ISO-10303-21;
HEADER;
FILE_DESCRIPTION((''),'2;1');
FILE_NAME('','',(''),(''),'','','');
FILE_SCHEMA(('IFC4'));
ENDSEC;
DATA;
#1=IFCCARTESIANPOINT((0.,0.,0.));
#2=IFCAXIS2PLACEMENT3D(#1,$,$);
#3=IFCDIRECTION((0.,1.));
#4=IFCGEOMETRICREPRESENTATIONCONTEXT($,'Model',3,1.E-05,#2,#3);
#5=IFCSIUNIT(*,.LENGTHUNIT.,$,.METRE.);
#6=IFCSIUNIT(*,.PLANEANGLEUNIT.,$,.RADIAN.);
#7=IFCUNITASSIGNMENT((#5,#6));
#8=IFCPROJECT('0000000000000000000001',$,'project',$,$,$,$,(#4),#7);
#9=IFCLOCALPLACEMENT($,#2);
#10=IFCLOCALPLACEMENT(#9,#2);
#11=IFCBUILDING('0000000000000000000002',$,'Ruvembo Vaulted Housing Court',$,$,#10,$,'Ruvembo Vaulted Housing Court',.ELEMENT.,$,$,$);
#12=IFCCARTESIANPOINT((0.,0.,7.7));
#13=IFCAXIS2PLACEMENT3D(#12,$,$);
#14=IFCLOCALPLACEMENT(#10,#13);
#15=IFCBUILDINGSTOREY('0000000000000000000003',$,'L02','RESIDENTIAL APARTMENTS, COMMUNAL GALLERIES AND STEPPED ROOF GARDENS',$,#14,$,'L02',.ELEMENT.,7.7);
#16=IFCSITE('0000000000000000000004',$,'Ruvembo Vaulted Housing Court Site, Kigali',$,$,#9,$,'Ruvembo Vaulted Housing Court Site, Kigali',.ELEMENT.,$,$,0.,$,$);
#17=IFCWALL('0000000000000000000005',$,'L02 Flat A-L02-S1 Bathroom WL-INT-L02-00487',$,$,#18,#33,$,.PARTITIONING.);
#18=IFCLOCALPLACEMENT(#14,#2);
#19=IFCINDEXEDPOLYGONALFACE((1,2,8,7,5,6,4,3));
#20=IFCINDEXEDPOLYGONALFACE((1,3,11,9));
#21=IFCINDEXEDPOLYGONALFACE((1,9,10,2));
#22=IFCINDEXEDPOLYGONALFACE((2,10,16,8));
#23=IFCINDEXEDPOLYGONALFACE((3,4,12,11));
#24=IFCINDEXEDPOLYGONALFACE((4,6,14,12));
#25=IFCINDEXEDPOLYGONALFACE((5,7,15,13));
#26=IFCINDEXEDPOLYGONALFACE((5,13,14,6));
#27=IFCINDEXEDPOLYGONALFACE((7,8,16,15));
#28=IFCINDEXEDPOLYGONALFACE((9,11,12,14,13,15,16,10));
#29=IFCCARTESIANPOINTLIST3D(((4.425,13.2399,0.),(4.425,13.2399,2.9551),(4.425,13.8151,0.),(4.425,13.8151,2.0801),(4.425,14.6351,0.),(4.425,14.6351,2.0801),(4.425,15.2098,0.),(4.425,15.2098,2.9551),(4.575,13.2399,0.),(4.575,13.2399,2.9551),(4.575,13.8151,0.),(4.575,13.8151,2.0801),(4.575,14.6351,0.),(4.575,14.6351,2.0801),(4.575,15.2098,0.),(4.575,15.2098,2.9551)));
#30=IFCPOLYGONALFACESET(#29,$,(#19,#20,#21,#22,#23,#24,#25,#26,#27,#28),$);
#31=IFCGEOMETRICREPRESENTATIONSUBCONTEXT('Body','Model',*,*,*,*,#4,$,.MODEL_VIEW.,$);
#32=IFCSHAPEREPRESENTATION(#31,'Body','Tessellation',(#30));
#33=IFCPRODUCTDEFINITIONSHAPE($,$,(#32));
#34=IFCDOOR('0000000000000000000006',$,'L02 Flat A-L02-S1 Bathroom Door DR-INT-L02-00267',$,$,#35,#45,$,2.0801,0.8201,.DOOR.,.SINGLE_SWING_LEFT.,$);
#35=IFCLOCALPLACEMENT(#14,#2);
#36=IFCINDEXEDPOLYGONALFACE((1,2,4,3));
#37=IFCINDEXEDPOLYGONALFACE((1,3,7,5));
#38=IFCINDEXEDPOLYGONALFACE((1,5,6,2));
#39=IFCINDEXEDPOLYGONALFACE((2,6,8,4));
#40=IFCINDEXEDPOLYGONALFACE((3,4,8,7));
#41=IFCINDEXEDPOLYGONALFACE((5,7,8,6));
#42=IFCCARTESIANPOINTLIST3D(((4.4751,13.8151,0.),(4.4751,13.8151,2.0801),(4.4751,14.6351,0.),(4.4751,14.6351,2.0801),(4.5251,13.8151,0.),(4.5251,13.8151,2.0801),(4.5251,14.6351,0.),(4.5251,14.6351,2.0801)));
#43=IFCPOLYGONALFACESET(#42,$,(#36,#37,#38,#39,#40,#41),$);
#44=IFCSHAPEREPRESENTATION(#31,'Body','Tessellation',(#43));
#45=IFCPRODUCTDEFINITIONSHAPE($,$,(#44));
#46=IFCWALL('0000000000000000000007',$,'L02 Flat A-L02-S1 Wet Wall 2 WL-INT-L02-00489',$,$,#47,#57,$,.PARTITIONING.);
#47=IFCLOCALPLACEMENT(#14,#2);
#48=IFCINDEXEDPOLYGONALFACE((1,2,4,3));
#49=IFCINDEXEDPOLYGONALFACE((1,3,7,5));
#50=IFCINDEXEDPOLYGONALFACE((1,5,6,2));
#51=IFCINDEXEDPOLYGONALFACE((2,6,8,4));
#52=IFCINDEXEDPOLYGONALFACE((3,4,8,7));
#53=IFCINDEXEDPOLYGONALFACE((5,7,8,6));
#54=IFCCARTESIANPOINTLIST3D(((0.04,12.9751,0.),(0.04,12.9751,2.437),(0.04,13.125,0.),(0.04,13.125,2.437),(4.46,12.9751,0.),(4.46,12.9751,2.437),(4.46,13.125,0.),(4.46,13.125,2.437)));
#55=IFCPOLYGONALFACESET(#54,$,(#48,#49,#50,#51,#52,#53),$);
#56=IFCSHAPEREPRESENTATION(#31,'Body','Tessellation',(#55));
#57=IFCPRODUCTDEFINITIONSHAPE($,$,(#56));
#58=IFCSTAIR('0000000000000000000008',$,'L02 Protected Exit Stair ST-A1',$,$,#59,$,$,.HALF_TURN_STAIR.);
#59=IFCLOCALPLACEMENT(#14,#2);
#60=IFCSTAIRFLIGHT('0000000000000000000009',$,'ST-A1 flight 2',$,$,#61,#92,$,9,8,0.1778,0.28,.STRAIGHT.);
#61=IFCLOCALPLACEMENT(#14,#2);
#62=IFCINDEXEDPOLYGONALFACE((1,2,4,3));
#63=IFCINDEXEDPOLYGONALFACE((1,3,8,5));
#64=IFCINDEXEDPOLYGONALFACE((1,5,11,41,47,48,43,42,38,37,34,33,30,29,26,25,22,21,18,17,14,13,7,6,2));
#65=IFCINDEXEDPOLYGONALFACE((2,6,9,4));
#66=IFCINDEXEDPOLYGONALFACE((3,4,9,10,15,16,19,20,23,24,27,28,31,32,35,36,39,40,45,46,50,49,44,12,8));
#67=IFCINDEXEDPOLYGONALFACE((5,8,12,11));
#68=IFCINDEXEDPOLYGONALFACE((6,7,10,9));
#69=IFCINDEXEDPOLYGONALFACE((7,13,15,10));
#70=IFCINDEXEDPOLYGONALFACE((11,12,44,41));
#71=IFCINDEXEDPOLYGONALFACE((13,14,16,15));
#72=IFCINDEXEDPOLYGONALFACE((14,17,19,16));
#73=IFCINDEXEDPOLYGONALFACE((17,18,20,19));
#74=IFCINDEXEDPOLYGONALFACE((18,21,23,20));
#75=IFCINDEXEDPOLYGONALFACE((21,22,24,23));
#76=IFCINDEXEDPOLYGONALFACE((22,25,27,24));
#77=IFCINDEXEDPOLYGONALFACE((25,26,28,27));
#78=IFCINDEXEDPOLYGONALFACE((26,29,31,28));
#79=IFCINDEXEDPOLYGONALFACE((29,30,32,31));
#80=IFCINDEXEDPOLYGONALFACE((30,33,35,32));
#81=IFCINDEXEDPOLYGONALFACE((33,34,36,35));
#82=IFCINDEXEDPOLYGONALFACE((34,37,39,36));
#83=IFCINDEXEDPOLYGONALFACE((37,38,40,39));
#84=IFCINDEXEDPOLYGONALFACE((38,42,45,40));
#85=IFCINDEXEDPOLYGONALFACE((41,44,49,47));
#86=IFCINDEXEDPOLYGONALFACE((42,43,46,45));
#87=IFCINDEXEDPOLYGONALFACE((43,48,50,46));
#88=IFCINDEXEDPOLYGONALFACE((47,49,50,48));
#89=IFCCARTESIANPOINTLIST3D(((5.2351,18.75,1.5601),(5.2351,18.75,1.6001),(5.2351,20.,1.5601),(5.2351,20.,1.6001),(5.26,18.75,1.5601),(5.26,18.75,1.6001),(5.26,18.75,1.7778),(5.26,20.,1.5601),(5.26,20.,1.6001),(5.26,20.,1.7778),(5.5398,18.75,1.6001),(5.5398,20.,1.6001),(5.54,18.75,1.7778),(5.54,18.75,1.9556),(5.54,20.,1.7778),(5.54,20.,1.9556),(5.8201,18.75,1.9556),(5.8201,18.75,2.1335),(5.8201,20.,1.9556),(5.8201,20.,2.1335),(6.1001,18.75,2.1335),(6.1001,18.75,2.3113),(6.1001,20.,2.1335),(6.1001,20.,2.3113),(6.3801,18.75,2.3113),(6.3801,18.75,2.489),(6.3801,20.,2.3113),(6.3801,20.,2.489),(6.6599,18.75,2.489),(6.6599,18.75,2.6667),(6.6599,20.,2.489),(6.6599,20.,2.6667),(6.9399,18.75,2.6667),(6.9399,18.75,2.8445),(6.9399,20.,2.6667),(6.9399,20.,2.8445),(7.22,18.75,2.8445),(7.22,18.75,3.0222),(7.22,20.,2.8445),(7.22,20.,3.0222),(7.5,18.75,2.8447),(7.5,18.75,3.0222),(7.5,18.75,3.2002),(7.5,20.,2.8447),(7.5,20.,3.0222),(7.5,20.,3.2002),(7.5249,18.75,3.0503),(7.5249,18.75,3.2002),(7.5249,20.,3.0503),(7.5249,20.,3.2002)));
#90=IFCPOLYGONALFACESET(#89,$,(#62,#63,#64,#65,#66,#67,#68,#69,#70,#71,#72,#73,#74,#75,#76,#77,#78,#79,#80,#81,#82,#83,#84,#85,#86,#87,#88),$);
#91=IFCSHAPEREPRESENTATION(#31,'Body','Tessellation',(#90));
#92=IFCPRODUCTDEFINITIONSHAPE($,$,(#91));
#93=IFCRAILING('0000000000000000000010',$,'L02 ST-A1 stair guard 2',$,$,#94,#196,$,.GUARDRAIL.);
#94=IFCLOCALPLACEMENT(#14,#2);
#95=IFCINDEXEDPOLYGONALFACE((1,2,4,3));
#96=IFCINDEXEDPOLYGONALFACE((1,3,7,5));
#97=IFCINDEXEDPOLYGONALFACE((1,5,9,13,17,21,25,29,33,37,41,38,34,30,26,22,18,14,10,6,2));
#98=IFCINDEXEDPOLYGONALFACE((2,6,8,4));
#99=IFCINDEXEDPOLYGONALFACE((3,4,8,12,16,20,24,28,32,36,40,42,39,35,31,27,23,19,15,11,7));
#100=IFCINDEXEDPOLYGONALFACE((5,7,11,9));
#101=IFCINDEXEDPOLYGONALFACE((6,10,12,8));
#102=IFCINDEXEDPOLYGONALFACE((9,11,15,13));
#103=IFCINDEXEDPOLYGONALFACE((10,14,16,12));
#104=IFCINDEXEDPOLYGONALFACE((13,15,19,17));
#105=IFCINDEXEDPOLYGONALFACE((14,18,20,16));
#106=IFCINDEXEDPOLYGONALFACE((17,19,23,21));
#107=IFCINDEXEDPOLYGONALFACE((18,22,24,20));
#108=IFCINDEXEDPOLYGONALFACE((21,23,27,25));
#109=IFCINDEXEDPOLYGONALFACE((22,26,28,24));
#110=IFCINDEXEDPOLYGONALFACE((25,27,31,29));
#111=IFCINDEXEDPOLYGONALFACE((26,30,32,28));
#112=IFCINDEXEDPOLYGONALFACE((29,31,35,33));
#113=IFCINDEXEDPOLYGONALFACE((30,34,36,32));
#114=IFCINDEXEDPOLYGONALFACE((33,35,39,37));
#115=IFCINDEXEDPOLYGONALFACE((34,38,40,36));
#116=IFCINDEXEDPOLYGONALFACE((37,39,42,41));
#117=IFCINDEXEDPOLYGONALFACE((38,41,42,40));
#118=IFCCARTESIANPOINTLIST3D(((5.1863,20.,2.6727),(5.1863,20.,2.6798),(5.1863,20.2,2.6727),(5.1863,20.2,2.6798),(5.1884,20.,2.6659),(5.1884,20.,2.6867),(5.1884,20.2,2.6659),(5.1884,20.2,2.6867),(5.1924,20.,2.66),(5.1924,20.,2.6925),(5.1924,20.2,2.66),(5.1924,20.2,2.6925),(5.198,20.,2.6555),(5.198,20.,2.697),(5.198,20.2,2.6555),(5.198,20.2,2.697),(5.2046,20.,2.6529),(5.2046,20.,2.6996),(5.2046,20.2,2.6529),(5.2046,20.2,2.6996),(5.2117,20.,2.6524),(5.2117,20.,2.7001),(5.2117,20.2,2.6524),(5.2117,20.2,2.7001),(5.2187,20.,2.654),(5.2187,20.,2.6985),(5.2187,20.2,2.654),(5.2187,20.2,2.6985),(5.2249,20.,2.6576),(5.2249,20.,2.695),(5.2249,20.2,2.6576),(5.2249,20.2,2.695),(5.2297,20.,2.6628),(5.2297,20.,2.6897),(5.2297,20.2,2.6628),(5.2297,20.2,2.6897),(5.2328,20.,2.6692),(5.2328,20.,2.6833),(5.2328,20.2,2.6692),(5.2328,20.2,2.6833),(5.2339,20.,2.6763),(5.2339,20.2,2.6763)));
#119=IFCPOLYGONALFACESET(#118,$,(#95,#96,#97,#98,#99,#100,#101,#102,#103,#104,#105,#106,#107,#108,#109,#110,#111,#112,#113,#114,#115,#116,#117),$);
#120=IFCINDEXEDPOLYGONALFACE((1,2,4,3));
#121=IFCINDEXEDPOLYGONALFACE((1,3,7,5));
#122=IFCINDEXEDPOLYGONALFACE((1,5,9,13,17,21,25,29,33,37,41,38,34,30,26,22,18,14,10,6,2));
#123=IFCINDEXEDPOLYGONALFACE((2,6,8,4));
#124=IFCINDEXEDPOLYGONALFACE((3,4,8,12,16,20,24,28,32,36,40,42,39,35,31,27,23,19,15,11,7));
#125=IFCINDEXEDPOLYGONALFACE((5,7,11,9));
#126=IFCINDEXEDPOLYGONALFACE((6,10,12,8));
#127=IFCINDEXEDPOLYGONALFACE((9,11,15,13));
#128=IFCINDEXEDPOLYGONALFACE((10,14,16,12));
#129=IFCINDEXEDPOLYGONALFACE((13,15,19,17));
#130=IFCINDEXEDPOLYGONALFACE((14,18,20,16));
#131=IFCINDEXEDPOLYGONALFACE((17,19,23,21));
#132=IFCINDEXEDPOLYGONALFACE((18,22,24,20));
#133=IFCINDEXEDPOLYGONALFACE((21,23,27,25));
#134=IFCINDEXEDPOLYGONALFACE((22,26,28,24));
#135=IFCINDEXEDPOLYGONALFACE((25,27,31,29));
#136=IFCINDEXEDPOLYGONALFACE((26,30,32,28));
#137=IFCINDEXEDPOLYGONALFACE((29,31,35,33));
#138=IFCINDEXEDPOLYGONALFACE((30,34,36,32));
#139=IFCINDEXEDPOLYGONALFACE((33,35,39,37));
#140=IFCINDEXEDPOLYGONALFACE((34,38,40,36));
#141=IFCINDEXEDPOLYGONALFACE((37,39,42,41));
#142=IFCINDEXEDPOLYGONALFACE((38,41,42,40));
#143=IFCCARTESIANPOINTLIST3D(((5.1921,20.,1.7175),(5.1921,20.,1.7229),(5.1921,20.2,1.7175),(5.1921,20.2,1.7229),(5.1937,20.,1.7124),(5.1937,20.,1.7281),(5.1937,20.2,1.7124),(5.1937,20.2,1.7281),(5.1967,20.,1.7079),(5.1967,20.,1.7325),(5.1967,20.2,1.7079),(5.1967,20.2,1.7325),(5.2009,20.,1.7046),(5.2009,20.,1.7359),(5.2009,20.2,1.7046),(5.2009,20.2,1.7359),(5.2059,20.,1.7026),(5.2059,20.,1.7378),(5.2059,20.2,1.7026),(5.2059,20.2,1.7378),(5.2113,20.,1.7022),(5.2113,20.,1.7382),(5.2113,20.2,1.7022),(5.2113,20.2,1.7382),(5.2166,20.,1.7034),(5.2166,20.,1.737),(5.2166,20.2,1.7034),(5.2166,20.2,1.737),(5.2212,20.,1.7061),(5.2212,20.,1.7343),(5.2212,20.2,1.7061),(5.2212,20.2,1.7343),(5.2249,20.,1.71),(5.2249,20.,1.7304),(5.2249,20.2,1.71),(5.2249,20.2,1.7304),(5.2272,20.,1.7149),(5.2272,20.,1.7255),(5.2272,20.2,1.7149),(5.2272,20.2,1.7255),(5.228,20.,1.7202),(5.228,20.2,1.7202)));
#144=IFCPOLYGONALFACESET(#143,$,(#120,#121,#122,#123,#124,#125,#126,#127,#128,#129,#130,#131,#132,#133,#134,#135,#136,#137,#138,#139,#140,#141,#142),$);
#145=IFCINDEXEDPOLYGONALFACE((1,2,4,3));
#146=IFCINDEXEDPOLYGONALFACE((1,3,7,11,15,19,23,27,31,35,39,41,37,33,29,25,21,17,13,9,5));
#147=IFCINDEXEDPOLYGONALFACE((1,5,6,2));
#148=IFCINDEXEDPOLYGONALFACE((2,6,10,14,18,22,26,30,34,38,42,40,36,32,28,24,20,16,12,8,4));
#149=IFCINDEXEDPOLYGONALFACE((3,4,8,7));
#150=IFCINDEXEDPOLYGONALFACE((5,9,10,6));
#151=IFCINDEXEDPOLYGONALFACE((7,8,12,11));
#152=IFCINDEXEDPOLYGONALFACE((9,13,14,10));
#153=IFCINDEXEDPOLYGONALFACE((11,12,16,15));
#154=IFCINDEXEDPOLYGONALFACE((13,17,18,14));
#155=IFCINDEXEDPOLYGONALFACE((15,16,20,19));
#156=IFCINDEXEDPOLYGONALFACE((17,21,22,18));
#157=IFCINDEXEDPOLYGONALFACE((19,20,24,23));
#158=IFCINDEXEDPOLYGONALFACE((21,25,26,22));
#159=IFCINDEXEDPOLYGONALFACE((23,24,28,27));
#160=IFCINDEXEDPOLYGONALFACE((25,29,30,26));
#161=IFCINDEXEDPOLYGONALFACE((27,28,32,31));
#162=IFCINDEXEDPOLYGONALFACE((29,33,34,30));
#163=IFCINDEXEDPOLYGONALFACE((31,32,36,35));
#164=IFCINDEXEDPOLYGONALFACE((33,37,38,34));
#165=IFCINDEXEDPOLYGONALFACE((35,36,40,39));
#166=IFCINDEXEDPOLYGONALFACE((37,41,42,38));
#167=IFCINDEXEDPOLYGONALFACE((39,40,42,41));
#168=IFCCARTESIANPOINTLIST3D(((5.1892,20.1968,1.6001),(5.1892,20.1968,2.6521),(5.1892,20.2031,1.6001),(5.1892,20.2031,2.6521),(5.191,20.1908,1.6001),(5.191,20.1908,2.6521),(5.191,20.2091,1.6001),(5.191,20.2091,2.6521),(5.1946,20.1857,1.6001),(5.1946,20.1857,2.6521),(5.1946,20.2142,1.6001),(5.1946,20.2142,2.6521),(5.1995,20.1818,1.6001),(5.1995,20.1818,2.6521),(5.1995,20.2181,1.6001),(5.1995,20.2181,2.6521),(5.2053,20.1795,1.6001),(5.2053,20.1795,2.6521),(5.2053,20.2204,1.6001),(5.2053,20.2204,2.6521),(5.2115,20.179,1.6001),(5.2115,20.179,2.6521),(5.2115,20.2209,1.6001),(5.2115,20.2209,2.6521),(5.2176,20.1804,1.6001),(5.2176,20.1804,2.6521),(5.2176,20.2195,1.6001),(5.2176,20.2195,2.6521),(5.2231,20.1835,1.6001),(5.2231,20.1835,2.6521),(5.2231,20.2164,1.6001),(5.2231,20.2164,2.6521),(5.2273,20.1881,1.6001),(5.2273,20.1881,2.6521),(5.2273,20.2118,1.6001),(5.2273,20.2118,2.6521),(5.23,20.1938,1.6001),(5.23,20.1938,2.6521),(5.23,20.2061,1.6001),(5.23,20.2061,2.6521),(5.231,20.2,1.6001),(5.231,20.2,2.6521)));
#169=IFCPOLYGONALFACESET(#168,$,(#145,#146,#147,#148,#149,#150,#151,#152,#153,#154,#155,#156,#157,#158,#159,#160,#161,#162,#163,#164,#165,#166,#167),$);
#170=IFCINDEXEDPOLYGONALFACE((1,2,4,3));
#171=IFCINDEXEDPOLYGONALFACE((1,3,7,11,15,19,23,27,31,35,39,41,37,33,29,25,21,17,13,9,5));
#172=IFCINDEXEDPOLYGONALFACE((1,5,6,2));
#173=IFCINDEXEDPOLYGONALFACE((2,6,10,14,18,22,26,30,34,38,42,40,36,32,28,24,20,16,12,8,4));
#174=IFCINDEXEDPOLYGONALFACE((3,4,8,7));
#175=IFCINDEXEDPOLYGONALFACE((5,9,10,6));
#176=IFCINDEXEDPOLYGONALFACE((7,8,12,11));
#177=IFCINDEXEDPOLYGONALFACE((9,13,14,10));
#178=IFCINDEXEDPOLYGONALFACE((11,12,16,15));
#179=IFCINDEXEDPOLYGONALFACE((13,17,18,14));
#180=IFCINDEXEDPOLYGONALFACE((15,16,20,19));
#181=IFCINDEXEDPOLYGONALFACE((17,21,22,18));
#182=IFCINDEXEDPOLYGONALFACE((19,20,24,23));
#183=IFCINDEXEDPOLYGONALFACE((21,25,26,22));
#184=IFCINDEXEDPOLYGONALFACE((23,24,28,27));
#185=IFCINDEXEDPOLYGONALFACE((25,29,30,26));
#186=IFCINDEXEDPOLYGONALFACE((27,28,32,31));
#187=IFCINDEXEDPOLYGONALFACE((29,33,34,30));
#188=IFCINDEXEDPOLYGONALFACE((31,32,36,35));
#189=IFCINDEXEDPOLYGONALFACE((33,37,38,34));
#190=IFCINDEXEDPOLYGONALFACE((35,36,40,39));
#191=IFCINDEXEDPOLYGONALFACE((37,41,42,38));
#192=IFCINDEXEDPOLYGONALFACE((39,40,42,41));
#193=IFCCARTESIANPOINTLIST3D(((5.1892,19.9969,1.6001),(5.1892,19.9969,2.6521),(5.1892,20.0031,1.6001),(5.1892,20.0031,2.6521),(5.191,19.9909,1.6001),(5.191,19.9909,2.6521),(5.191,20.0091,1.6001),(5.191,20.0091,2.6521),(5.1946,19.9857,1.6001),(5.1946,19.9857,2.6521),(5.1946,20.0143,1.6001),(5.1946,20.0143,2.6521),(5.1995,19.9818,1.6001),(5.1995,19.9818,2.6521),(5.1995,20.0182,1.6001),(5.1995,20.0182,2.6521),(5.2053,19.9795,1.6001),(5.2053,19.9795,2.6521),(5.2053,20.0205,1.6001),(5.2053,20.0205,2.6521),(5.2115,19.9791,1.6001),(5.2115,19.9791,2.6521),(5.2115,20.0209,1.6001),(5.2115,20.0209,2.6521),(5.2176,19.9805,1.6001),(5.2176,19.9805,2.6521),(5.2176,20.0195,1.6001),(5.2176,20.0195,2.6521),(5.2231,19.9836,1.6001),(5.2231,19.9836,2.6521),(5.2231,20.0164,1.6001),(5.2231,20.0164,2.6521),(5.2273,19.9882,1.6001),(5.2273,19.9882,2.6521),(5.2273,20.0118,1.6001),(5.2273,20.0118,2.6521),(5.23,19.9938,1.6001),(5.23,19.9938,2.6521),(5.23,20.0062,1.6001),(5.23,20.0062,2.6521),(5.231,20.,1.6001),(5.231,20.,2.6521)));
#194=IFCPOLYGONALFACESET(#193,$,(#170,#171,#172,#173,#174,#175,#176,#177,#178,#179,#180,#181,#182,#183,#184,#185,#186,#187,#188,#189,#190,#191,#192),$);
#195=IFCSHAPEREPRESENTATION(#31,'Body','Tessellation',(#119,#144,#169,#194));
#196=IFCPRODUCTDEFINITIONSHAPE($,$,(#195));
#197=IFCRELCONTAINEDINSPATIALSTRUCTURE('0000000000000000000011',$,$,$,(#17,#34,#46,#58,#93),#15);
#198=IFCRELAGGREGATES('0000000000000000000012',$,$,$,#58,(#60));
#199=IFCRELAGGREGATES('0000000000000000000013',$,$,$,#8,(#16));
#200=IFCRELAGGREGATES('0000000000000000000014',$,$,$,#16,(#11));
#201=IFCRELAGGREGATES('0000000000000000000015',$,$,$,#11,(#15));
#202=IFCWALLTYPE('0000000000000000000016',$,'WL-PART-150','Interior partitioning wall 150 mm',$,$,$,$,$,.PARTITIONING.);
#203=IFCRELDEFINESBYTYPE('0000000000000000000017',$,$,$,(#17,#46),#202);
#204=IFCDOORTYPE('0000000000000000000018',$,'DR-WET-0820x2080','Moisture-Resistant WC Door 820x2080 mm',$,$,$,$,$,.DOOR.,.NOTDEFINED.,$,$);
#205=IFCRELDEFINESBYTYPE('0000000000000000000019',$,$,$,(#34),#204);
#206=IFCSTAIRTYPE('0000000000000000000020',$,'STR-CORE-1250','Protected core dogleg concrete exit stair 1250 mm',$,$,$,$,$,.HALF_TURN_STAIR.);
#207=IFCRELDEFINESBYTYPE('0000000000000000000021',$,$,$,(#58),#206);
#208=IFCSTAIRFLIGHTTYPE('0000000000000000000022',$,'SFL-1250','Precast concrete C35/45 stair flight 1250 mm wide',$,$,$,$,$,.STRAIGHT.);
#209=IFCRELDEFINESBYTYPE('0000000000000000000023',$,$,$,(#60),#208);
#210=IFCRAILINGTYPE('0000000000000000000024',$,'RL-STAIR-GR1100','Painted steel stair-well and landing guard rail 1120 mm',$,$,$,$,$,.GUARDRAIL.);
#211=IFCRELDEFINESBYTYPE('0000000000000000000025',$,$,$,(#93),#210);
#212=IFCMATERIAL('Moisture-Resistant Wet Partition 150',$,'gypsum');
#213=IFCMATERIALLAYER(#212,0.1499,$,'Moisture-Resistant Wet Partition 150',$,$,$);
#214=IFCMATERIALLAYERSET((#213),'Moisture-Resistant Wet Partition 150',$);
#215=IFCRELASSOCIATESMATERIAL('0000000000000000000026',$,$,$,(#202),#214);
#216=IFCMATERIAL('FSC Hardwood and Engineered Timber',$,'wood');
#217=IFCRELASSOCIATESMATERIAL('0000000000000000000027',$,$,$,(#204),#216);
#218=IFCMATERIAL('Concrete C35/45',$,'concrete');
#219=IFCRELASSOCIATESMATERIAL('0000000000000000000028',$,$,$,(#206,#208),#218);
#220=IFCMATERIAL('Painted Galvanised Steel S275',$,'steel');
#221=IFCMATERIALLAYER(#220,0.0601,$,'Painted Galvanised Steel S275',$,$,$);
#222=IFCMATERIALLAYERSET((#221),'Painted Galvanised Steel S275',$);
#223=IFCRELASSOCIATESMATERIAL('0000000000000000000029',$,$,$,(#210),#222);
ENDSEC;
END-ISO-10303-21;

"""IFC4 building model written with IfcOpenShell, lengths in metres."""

from ifc_helpers import new_model, si_unit, direction, frame, frame_2d, origin, origin_2d, place, context, subcontext, project, spatial, polyline, rectangle, circle, outline, extrude, material, layer, layer_set, type_object, element, fill, aggregate, save


model = new_model("IFC4")

# Units and contexts
model_context = context("Model", 3, precision=1e-05, world=origin(), true_north=direction((0.0, 1.0)))
body_context = subcontext(model_context, "Body", "Model", "MODEL_VIEW")
ifc_project = project(units=[si_unit("LENGTHUNIT", "METRE"), si_unit("PLANEANGLEUNIT", "RADIAN")], contexts=[model_context])

# Site, building, storey
site_placement = place(None, origin())
site = spatial("IfcSite", under=ifc_project, at=site_placement, Name="Ruvembo Vaulted Housing Court Site, Kigali", LongName="Ruvembo Vaulted Housing Court Site, Kigali", CompositionType="ELEMENT", RefElevation=0.0)
building_placement = place(site_placement, origin())
building = spatial("IfcBuilding", under=site, at=building_placement, Name="Ruvembo Vaulted Housing Court", LongName="Ruvembo Vaulted Housing Court", CompositionType="ELEMENT")
storey_placement = place(building_placement, frame((0.0, 0.0, 7.7)))
storey = spatial("IfcBuildingStorey", under=building, at=storey_placement, Name="L02", Description="RESIDENTIAL APARTMENTS, COMMUNAL GALLERIES AND STEPPED ROOF GARDENS", LongName="L02", CompositionType="ELEMENT", Elevation=7.7)

# Shared definitions
ifc_material_1 = material(Name="Concrete C35/45", Category="concrete")

# Shared definitions
ifc_material_2 = material(Name="FSC Hardwood and Engineered Timber", Category="wood")

# Wall, opening, door
ifc_material_3 = material(Name="Moisture-Resistant Wet Partition 150", Category="gypsum")
ifc_layer_1 = layer(ifc_material_3, 0.1499, Name="Moisture-Resistant Wet Partition 150")
ifc_layer_set_1 = layer_set([ifc_layer_1], Name="Moisture-Resistant Wet Partition 150")
wall_type_1 = type_object("IfcWallType", Name="WL-PART-150", Description="Interior partitioning wall 150 mm", PredefinedType="PARTITIONING", material=ifc_layer_set_1)
wall_1_placement = place(storey_placement, frame((4.5, 13.24, 0.0), z_axis=(0.0, 0.0, 1.0), x_axis=(0.0, 1.0, 0.0)))
wall_1 = element("IfcWall", 1, at=wall_1_placement, inside=storey, type_object=wall_type_1, Name="L02 Flat A-L02-S1 Bathroom WL-INT-L02-00487", PredefinedType="PARTITIONING", context=body_context, shape_type="SweptSolid", body=[
    extrude(rectangle(XDim=1.97, YDim=0.1499, at=frame_2d((0.9849, 0.0))), origin(), (0.0, 0.0, 1.0), 2.9551),
])
opening_1_placement = place(wall_1_placement, frame((0.575, 0.0, 0.0)))
opening_1 = element("IfcOpeningElement", 2, at=opening_1_placement, cuts=wall_1, PredefinedType="OPENING", context=body_context, shape_type="SweptSolid", body=[
    extrude(rectangle(XDim=0.8201, YDim=2.0801, at=frame_2d((0.4102, 1.04))), frame((0.0, 0.085, 0.0), z_axis=(0.0, -1.0, 0.0), x_axis=(1.0, 0.0, 0.0)), (0.0, 0.0, 1.0), 0.1699),
])
door_type_1 = type_object("IfcDoorType", Name="DR-WET-0820x2080", Description="Moisture-Resistant WC Door 820x2080 mm", OperationType="NOTDEFINED", PredefinedType="DOOR", material=ifc_material_2)
door_1_placement = place(opening_1_placement, origin())
door_1 = element("IfcDoor", 3, at=door_1_placement, inside=storey, type_object=door_type_1, Name="L02 Flat A-L02-S1 Bathroom Door DR-INT-L02-00267", OperationType="SINGLE_SWING_LEFT", OverallHeight=2.0801, OverallWidth=0.8201, PredefinedType="DOOR", context=body_context, shape_type="SweptSolid", body=[
    extrude(rectangle(XDim=0.8201, YDim=2.0801, at=frame_2d((0.4102, 1.04))), frame((0.0, 0.0249, 0.0), z_axis=(0.0, -1.0, 0.0), x_axis=(1.0, 0.0, 0.0)), (0.0, 0.0, 1.0), 0.05),
])
fill(opening_1, door_1)

# Wall
wall_2_placement = place(storey_placement, frame((0.04, 13.05, 0.0), z_axis=(0.0, 0.0, 1.0), x_axis=(1.0, 0.0, 0.0)))
element("IfcWall", 4, at=wall_2_placement, inside=storey, type_object=wall_type_1, Name="L02 Flat A-L02-S1 Wet Wall 2 WL-INT-L02-00489", PredefinedType="PARTITIONING", context=body_context, shape_type="SweptSolid", body=[
    extrude(rectangle(XDim=4.4199, YDim=0.1499, at=frame_2d((2.21, 0.0))), origin(), (0.0, 0.0, 1.0), 2.437),
])

# Stair, stair flight
stair_type = type_object("IfcStairType", Name="STR-CORE-1250", Description="Protected core dogleg concrete exit stair 1250 mm", PredefinedType="HALF_TURN_STAIR", material=ifc_material_1)
stair_placement = place(storey_placement, origin())
stair = element("IfcStair", 5, at=stair_placement, inside=storey, type_object=stair_type, Name="L02 Protected Exit Stair ST-A1", PredefinedType="HALF_TURN_STAIR")
stair_flight_type = type_object("IfcStairFlightType", Name="SFL-1250", Description="Precast concrete C35/45 stair flight 1250 mm wide", PredefinedType="STRAIGHT", material=ifc_material_1)
stair_flight_placement = place(storey_placement, frame((5.26, 19.375, 1.6001), z_axis=(0.0, 0.0, 1.0), x_axis=(1.0, 0.0, 0.0)))
stair_flight = element("IfcStairFlight", 6, at=stair_flight_placement, type_object=stair_flight_type, Name="ST-A1 flight 2", NumberOfRisers=9, NumberOfTreads=8, PredefinedType="STRAIGHT", RiserHeight=0.1778, TreadLength=0.28, context=body_context, shape_type="SweptSolid", body=[
    extrude(outline(polyline([(-0.0249, -0.04), (-0.0249, 0.0), (0.0, 0.0), (0.0, 0.1777), (0.28, 0.1777), (0.28, 0.3555), (0.5601, 0.3555), (0.5601, 0.5334), (0.8401, 0.5334), (0.8401, 0.7112), (1.1201, 0.7112), (1.1201, 0.8889), (1.3999, 0.8889), (1.3999, 1.0667), (1.6799, 1.0667), (1.6799, 1.2444), (1.96, 1.2444), (1.96, 1.4221), (2.24, 1.4221), (2.24, 1.6001), (2.2649, 1.6001), (2.2649, 1.4502), (2.24, 1.2446), (0.2798, 0.0), (0.0, -0.04), (-0.0249, -0.04)])), frame((0.0, 0.625, 0.0), z_axis=(0.0, -1.0, 0.0), x_axis=(1.0, 0.0, 0.0)), (0.0, 0.0, 1.0), 1.25),
])
aggregate(stair, [stair_flight])

# Railing
ifc_material_4 = material(Name="Painted Galvanised Steel S275", Category="steel")
ifc_layer_2 = layer(ifc_material_4, 0.0601, Name="Painted Galvanised Steel S275")
ifc_layer_set_2 = layer_set([ifc_layer_2], Name="Painted Galvanised Steel S275")
railing_type_1 = type_object("IfcRailingType", Name="RL-STAIR-GR1100", Description="Painted steel stair-well and landing guard rail 1120 mm", PredefinedType="GUARDRAIL", material=ifc_layer_set_2)
railing_1_placement = place(storey_placement, frame((5.21, 20.2, 1.6001)))
element("IfcRailing", 7, at=railing_1_placement, inside=storey, type_object=railing_type_1, Name="L02 ST-A1 stair guard 2", PredefinedType="GUARDRAIL", context=body_context, shape_type="SweptSolid", body=[
    extrude(circle(Radius=0.0239, at=origin_2d()), frame((0.0, 0.0, 1.0762), z_axis=(0.0, -1.0, 0.0), x_axis=(1.0, 0.0, 0.0)), (0.0, 0.0, 1.0), 0.2),
    extrude(circle(Radius=0.0181, at=origin_2d()), frame((0.0, 0.0, 0.1201), z_axis=(0.0, -1.0, 0.0), x_axis=(1.0, 0.0, 0.0)), (0.0, 0.0, 1.0), 0.2),
    extrude(circle(Radius=0.021, at=origin_2d()), origin(), (0.0, 0.0, 1.0), 1.052),
    extrude(circle(Radius=0.021, at=origin_2d()), frame((0.0, -0.2, 0.0)), (0.0, 0.0, 1.0), 1.052),
])

save(model, "model.ifc")
